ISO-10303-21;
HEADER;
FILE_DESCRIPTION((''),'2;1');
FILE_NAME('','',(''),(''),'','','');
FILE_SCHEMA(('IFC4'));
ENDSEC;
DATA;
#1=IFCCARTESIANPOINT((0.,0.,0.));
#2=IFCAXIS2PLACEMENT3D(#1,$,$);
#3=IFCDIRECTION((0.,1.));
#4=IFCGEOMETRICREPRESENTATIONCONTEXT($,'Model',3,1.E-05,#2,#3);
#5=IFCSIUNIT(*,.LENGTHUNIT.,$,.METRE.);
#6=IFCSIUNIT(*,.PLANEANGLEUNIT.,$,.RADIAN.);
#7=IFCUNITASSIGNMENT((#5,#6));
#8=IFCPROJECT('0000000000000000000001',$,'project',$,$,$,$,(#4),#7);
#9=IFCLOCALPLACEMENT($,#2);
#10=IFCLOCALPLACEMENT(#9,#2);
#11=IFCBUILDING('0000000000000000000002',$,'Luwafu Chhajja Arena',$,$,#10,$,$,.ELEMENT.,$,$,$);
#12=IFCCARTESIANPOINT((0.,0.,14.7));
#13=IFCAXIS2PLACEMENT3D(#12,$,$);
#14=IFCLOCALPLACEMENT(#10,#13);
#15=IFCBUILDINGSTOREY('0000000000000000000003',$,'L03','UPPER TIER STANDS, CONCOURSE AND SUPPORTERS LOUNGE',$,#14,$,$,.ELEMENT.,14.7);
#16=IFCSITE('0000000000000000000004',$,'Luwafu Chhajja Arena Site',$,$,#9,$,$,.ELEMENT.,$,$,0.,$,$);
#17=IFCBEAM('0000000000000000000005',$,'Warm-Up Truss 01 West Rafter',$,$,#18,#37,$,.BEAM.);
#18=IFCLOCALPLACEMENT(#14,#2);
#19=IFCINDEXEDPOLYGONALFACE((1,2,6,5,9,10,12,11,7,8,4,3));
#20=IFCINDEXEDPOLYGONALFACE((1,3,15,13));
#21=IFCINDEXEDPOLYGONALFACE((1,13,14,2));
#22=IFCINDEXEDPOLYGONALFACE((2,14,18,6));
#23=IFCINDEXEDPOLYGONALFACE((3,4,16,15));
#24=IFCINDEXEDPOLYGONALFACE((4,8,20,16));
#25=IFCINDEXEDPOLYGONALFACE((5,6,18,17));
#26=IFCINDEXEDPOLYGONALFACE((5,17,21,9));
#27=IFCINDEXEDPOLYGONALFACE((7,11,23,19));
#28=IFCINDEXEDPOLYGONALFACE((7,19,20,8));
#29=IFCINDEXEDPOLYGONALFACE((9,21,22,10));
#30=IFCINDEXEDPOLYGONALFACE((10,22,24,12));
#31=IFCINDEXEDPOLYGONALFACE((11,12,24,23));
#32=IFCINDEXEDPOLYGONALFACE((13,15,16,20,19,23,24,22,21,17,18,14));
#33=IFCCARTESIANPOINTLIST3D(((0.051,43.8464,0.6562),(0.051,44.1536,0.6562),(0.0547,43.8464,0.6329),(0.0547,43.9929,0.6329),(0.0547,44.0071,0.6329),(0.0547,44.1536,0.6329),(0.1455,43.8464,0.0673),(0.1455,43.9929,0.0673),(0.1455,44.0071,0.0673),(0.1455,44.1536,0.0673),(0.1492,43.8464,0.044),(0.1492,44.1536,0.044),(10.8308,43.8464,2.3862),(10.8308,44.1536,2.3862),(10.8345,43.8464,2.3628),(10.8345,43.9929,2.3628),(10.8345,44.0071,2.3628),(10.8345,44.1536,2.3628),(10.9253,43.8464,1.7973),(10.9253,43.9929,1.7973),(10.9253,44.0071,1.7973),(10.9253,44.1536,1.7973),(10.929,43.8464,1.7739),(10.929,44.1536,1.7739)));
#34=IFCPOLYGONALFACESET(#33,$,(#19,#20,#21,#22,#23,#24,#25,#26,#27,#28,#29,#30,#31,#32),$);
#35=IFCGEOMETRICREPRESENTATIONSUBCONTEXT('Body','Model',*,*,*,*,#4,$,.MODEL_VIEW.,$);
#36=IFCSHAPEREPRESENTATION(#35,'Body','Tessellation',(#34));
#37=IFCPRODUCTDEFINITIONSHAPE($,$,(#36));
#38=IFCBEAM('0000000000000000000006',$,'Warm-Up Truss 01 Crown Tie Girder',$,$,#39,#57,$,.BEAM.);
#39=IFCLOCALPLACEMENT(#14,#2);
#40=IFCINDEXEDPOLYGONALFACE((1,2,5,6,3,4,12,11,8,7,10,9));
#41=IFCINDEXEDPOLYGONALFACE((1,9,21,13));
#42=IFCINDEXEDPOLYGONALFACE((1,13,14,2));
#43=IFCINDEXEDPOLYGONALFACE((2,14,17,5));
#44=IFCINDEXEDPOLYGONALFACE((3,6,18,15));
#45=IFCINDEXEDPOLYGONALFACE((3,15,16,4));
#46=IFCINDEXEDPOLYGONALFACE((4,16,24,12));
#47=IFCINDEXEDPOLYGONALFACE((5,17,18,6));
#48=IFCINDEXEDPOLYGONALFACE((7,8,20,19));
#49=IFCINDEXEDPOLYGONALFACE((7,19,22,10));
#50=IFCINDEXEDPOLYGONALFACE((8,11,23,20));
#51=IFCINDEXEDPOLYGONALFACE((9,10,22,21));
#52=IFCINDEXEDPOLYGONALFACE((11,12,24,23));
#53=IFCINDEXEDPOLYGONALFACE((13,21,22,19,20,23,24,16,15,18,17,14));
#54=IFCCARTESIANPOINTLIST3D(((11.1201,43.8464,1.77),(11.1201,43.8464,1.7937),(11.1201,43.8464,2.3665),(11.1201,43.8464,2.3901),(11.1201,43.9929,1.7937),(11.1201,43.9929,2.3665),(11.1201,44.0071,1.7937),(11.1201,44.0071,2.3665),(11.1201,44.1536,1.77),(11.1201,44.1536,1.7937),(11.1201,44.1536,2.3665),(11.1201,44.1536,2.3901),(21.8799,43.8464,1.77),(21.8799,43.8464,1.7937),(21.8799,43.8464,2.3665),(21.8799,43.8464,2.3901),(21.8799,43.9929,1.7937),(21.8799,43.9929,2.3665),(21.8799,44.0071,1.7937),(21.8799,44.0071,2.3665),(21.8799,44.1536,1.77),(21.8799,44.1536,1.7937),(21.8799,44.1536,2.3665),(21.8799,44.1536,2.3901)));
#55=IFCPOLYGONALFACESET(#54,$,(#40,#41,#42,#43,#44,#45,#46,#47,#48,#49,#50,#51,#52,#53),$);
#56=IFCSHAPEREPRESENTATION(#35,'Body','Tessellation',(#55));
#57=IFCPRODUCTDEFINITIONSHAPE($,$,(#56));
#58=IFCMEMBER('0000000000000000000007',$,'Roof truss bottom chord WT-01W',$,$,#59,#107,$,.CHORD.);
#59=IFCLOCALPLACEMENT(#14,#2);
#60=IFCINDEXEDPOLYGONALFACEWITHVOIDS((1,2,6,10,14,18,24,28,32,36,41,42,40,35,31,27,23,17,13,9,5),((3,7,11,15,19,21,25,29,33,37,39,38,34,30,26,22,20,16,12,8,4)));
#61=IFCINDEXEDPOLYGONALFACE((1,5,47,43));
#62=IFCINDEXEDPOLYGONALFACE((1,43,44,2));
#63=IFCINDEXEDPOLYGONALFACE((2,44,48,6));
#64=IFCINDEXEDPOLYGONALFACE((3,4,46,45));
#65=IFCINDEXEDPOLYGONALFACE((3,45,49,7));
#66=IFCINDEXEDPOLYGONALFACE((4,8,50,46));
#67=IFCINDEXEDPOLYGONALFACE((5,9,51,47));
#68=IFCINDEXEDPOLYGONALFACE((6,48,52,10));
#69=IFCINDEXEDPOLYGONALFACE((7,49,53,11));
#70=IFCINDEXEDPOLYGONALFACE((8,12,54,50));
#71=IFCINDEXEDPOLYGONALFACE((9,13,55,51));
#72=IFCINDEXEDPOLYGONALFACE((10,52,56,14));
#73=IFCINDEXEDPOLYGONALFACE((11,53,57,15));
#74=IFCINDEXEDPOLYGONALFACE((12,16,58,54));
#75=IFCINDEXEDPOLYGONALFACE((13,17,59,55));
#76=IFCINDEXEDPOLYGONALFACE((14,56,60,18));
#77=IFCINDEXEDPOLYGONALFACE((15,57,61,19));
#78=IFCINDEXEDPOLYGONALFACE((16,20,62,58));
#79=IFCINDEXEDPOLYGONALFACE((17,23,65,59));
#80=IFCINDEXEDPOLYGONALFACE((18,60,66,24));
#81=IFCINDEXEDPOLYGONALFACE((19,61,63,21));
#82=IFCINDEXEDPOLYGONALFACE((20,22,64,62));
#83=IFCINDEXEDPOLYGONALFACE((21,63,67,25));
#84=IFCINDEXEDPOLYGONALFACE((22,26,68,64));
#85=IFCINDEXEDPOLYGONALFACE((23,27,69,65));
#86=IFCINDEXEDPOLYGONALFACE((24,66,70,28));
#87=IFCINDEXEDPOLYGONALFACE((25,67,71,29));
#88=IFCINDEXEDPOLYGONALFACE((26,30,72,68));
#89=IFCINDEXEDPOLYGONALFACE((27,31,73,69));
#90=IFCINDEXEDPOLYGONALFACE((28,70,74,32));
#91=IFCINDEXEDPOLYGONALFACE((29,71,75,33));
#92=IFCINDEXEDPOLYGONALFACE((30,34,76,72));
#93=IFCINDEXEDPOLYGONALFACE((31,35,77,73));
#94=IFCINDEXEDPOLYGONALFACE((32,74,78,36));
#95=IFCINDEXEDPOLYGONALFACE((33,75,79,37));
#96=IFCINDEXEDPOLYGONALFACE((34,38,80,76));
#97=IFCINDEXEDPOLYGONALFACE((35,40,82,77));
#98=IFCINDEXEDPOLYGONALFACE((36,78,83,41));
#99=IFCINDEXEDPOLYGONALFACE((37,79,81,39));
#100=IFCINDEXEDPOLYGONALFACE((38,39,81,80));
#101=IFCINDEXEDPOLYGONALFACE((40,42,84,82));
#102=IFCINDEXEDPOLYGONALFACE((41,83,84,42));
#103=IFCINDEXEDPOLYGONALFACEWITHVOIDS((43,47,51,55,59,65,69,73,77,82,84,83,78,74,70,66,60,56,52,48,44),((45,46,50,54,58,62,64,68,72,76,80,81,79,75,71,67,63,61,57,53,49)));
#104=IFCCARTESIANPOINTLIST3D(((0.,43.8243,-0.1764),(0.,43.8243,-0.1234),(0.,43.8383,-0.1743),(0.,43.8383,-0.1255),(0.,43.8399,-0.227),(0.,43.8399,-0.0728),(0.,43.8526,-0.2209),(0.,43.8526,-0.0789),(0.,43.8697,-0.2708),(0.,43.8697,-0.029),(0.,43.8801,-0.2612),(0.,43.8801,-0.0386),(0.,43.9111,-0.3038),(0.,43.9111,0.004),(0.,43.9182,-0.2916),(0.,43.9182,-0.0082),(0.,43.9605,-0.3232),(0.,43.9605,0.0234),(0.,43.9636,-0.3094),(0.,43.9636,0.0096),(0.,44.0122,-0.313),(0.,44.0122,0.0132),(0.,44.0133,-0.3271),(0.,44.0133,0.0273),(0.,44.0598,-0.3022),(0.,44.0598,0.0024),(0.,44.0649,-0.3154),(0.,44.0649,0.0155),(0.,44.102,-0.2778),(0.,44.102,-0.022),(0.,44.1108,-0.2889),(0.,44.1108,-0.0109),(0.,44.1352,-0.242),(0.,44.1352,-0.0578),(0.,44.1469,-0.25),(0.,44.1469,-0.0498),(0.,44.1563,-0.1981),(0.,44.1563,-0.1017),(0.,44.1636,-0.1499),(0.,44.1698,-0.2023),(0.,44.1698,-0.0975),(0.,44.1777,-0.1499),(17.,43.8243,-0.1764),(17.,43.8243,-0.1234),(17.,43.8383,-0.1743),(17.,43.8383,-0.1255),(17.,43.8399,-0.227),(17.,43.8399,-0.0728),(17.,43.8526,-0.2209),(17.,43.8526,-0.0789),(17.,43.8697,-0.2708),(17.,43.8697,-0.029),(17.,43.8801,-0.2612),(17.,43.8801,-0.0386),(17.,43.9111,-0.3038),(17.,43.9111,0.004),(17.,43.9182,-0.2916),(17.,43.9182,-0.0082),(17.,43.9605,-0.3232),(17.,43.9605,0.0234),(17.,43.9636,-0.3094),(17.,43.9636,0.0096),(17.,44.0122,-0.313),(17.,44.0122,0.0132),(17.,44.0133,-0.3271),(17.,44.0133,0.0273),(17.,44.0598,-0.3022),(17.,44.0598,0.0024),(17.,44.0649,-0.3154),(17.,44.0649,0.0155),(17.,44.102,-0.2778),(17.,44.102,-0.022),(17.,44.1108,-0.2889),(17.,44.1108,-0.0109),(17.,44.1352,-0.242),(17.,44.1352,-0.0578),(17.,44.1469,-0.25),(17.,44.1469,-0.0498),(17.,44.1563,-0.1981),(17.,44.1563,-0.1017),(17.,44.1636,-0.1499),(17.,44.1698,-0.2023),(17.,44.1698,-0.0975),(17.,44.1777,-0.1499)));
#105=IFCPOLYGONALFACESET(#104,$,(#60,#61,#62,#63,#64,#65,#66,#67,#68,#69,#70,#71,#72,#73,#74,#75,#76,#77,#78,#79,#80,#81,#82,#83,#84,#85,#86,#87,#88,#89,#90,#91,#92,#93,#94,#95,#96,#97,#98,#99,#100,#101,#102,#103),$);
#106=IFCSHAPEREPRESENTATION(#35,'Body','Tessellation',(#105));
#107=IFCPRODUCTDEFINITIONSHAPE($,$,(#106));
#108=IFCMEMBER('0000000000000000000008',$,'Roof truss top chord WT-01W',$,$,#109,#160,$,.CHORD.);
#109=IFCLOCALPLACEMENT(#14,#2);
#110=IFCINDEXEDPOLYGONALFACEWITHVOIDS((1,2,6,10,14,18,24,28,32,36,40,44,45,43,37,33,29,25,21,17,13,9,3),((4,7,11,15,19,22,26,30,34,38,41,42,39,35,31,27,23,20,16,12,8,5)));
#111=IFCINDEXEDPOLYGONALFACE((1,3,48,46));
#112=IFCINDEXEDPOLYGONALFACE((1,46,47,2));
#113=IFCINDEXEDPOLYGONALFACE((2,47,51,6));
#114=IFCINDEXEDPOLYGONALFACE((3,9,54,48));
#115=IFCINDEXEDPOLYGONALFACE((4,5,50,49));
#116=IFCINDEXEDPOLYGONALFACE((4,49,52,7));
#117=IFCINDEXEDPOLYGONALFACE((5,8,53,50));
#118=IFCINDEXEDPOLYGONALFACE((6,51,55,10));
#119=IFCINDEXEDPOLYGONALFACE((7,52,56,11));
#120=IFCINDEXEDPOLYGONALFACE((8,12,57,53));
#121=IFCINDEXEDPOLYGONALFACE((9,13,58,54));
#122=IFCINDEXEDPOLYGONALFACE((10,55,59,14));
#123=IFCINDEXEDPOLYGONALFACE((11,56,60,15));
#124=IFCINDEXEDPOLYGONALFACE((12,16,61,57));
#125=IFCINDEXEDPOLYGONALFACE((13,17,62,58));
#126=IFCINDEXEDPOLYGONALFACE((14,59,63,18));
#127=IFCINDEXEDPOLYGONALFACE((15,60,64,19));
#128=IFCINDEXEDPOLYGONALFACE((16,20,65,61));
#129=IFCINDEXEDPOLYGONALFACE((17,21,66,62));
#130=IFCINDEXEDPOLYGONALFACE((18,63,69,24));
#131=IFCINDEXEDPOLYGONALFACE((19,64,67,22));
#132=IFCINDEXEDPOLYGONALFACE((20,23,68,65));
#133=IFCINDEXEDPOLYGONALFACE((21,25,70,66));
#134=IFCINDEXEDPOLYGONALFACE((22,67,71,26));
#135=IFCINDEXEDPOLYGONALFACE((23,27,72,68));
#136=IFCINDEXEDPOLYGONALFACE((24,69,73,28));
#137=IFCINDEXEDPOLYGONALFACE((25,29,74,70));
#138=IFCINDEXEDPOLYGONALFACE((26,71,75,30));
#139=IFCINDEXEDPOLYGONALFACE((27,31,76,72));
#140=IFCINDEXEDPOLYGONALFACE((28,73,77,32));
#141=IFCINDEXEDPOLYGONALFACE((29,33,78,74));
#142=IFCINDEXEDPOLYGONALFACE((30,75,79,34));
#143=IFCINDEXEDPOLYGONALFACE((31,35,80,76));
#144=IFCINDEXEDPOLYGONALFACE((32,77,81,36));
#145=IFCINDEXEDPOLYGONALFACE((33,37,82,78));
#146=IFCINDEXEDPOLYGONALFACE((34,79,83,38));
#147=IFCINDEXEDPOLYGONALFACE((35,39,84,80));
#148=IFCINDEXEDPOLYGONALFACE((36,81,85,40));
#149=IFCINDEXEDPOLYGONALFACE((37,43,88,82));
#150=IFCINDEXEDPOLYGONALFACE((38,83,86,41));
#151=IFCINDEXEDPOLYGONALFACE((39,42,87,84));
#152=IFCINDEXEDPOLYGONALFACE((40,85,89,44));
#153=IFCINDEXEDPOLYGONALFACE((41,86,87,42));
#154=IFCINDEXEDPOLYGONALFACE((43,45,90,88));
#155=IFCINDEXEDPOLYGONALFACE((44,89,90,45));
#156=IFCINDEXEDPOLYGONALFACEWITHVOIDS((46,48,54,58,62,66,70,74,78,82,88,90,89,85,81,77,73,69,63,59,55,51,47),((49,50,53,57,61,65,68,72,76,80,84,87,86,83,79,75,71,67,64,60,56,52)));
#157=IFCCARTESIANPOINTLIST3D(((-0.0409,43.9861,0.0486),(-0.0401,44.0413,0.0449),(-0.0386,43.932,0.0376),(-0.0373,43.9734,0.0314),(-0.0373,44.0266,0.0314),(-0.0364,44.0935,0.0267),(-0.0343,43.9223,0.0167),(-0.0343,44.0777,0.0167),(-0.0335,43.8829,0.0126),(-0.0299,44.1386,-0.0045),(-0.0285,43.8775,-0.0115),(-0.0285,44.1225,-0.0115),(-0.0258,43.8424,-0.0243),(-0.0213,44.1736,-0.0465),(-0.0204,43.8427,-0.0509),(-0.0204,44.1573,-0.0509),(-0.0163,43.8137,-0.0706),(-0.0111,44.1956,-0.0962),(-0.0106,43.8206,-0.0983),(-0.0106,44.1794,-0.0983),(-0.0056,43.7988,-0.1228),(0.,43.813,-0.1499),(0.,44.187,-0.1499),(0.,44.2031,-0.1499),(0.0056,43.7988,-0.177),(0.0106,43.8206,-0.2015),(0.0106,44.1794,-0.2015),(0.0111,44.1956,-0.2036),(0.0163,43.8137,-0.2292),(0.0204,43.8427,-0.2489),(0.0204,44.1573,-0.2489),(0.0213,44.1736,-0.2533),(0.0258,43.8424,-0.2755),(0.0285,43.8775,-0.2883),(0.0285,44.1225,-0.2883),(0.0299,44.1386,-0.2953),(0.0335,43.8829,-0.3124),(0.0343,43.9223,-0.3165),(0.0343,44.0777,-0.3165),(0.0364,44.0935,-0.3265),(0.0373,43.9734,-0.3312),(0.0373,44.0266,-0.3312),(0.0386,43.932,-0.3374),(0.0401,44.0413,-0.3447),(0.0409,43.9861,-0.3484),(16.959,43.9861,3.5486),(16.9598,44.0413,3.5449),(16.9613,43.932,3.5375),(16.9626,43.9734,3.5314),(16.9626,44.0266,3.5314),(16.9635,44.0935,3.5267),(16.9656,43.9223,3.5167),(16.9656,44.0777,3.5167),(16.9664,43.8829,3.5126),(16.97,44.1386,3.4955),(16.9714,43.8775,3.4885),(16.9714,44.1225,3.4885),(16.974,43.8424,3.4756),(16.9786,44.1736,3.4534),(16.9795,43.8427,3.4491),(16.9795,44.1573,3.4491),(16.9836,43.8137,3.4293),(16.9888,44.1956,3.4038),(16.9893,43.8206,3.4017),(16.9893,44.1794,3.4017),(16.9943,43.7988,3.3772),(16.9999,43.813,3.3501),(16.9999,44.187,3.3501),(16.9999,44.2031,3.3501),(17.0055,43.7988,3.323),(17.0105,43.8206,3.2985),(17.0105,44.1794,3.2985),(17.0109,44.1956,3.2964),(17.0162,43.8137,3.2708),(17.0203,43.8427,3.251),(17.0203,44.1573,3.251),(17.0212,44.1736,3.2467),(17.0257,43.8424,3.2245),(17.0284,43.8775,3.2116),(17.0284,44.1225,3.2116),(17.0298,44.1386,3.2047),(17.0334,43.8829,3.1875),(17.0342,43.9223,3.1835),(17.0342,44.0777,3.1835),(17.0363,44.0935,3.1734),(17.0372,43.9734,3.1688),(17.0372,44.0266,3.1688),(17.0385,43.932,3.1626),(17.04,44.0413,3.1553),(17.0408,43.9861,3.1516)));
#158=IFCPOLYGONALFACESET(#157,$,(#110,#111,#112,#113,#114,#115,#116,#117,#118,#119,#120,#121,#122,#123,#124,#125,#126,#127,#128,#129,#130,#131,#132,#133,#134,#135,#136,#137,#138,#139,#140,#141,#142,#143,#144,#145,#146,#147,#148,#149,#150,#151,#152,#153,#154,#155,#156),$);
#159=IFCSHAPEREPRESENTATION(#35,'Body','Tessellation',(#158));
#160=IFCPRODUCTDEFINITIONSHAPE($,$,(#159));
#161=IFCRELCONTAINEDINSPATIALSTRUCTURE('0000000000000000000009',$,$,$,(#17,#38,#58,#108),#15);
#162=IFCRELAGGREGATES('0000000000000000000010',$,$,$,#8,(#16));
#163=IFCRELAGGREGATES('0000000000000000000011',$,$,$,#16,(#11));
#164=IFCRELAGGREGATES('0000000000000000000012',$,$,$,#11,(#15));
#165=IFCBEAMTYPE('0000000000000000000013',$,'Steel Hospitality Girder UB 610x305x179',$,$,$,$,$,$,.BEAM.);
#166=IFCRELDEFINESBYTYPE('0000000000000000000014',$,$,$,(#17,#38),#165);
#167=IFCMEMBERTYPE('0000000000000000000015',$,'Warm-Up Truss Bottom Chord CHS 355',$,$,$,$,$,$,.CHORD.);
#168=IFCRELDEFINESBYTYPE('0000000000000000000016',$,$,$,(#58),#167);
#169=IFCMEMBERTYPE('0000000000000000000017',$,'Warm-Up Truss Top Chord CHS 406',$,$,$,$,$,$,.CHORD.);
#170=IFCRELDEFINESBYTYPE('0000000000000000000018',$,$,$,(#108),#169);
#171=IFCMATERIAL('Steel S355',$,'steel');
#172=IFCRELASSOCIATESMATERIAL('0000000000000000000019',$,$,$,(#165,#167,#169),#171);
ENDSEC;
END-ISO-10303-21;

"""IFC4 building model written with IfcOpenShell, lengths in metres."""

from ifc_helpers import new_model, si_unit, direction, frame, origin, origin_2d, place, context, subcontext, project, spatial, hollow_circle, i_section, extrude, material, material_profile, profile_set, type_object, element, save


model = new_model("IFC4")

# Units and contexts
model_context = context("Model", 3, precision=1e-05, world=origin(), true_north=direction((0.0, 1.0)))
body_context = subcontext(model_context, "Body", "Model", "MODEL_VIEW")
ifc_project = project(units=[si_unit("LENGTHUNIT", "METRE"), si_unit("PLANEANGLEUNIT", "RADIAN")], contexts=[model_context])

# Site, building, storey
site_placement = place(None, origin())
site = spatial("IfcSite", under=ifc_project, at=site_placement, Name="Luwafu Chhajja Arena Site", CompositionType="ELEMENT", RefElevation=0.0)
building_placement = place(site_placement, origin())
building = spatial("IfcBuilding", under=site, at=building_placement, Name="Luwafu Chhajja Arena", CompositionType="ELEMENT")
storey_placement = place(building_placement, frame((0.0, 0.0, 14.7)))
storey = spatial("IfcBuildingStorey", under=building, at=storey_placement, Name="L03", Description="UPPER TIER STANDS, CONCOURSE AND SUPPORTERS LOUNGE", CompositionType="ELEMENT", Elevation=14.7)

# Shared definitions
ifc_material_1 = material(Name="Steel S355", Category="steel")

# Beams
ifc_material_profile_1 = material_profile(ifc_material_1, i_section(OverallWidth=0.3071, OverallDepth=0.6201, WebThickness=0.0142, FlangeThickness=0.0237, at=origin_2d()), Name="UB 610x305x179")
ifc_profile_set_1 = profile_set([ifc_material_profile_1], Name="Steel S355")
beam_type_1 = type_object("IfcBeamType", Name="Steel Hospitality Girder UB 610x305x179", PredefinedType="BEAM", material=ifc_profile_set_1)
beam_1_placement = place(storey_placement, frame((0.1001, 44.0, 0.3501), z_axis=(0.987366, 0.0, 0.158456), x_axis=(0.0, 1.0, 0.0)))
element("IfcBeam", 1, at=beam_1_placement, inside=storey, type_object=beam_type_1, Name="Warm-Up Truss 01 West Rafter", PredefinedType="BEAM", context=body_context, shape_type="SweptSolid", body=[
    extrude(i_section(OverallWidth=0.3071, OverallDepth=0.6201, WebThickness=0.0142, FlangeThickness=0.0237, at=origin_2d()), origin(), (0.0, 0.0, 1.0), 10.9177),
])
beam_2_placement = place(storey_placement, frame((11.1201, 44.0, 2.0801), z_axis=(1.0, 0.0, 0.0), x_axis=(0.0, 1.0, 0.0)))
element("IfcBeam", 2, at=beam_2_placement, inside=storey, type_object=beam_type_1, Name="Warm-Up Truss 01 Crown Tie Girder", PredefinedType="BEAM", context=body_context, shape_type="SweptSolid", body=[
    extrude(i_section(OverallWidth=0.3071, OverallDepth=0.6201, WebThickness=0.0142, FlangeThickness=0.0237, at=origin_2d()), origin(), (0.0, 0.0, 1.0), 10.7598),
])

# Members
ifc_material_profile_2 = material_profile(ifc_material_1, hollow_circle(Radius=0.1777, WallThickness=0.0142, at=origin_2d()), Name="CHS 355.6x14.2")
ifc_profile_set_2 = profile_set([ifc_material_profile_2], Name="Steel S355")
member_type_1 = type_object("IfcMemberType", Name="Warm-Up Truss Bottom Chord CHS 355", PredefinedType="CHORD", material=ifc_profile_set_2)
member_1_placement = place(storey_placement, frame((0.0, 44.0, -0.1499), z_axis=(1.0, 0.0, 0.0), x_axis=(0.0, 1.0, 0.0)))
element("IfcMember", 3, at=member_1_placement, inside=storey, type_object=member_type_1, Name="Roof truss bottom chord WT-01W", PredefinedType="CHORD", context=body_context, shape_type="SweptSolid", body=[
    extrude(hollow_circle(Radius=0.1777, WallThickness=0.0142, at=origin_2d()), origin(), (0.0, 0.0, 1.0), 17.0),
])
ifc_material_profile_3 = material_profile(ifc_material_1, hollow_circle(Radius=0.2031, WallThickness=0.0161, at=origin_2d()), Name="CHS 406.4x16")
ifc_profile_set_3 = profile_set([ifc_material_profile_3], Name="Steel S355")
member_type_2 = type_object("IfcMemberType", Name="Warm-Up Truss Top Chord CHS 406", PredefinedType="CHORD", material=ifc_profile_set_3)
member_2_placement = place(storey_placement, frame((0.0, 44.0, -0.1499), z_axis=(0.979457, 0.0, 0.201653), x_axis=(0.0, 1.0, 0.0)))
element("IfcMember", 4, at=member_2_placement, inside=storey, type_object=member_type_2, Name="Roof truss top chord WT-01W", PredefinedType="CHORD", context=body_context, shape_type="SweptSolid", body=[
    extrude(hollow_circle(Radius=0.2031, WallThickness=0.0161, at=origin_2d()), origin(), (0.0, 0.0, 1.0), 17.3564),
])

save(model, "model.ifc")
